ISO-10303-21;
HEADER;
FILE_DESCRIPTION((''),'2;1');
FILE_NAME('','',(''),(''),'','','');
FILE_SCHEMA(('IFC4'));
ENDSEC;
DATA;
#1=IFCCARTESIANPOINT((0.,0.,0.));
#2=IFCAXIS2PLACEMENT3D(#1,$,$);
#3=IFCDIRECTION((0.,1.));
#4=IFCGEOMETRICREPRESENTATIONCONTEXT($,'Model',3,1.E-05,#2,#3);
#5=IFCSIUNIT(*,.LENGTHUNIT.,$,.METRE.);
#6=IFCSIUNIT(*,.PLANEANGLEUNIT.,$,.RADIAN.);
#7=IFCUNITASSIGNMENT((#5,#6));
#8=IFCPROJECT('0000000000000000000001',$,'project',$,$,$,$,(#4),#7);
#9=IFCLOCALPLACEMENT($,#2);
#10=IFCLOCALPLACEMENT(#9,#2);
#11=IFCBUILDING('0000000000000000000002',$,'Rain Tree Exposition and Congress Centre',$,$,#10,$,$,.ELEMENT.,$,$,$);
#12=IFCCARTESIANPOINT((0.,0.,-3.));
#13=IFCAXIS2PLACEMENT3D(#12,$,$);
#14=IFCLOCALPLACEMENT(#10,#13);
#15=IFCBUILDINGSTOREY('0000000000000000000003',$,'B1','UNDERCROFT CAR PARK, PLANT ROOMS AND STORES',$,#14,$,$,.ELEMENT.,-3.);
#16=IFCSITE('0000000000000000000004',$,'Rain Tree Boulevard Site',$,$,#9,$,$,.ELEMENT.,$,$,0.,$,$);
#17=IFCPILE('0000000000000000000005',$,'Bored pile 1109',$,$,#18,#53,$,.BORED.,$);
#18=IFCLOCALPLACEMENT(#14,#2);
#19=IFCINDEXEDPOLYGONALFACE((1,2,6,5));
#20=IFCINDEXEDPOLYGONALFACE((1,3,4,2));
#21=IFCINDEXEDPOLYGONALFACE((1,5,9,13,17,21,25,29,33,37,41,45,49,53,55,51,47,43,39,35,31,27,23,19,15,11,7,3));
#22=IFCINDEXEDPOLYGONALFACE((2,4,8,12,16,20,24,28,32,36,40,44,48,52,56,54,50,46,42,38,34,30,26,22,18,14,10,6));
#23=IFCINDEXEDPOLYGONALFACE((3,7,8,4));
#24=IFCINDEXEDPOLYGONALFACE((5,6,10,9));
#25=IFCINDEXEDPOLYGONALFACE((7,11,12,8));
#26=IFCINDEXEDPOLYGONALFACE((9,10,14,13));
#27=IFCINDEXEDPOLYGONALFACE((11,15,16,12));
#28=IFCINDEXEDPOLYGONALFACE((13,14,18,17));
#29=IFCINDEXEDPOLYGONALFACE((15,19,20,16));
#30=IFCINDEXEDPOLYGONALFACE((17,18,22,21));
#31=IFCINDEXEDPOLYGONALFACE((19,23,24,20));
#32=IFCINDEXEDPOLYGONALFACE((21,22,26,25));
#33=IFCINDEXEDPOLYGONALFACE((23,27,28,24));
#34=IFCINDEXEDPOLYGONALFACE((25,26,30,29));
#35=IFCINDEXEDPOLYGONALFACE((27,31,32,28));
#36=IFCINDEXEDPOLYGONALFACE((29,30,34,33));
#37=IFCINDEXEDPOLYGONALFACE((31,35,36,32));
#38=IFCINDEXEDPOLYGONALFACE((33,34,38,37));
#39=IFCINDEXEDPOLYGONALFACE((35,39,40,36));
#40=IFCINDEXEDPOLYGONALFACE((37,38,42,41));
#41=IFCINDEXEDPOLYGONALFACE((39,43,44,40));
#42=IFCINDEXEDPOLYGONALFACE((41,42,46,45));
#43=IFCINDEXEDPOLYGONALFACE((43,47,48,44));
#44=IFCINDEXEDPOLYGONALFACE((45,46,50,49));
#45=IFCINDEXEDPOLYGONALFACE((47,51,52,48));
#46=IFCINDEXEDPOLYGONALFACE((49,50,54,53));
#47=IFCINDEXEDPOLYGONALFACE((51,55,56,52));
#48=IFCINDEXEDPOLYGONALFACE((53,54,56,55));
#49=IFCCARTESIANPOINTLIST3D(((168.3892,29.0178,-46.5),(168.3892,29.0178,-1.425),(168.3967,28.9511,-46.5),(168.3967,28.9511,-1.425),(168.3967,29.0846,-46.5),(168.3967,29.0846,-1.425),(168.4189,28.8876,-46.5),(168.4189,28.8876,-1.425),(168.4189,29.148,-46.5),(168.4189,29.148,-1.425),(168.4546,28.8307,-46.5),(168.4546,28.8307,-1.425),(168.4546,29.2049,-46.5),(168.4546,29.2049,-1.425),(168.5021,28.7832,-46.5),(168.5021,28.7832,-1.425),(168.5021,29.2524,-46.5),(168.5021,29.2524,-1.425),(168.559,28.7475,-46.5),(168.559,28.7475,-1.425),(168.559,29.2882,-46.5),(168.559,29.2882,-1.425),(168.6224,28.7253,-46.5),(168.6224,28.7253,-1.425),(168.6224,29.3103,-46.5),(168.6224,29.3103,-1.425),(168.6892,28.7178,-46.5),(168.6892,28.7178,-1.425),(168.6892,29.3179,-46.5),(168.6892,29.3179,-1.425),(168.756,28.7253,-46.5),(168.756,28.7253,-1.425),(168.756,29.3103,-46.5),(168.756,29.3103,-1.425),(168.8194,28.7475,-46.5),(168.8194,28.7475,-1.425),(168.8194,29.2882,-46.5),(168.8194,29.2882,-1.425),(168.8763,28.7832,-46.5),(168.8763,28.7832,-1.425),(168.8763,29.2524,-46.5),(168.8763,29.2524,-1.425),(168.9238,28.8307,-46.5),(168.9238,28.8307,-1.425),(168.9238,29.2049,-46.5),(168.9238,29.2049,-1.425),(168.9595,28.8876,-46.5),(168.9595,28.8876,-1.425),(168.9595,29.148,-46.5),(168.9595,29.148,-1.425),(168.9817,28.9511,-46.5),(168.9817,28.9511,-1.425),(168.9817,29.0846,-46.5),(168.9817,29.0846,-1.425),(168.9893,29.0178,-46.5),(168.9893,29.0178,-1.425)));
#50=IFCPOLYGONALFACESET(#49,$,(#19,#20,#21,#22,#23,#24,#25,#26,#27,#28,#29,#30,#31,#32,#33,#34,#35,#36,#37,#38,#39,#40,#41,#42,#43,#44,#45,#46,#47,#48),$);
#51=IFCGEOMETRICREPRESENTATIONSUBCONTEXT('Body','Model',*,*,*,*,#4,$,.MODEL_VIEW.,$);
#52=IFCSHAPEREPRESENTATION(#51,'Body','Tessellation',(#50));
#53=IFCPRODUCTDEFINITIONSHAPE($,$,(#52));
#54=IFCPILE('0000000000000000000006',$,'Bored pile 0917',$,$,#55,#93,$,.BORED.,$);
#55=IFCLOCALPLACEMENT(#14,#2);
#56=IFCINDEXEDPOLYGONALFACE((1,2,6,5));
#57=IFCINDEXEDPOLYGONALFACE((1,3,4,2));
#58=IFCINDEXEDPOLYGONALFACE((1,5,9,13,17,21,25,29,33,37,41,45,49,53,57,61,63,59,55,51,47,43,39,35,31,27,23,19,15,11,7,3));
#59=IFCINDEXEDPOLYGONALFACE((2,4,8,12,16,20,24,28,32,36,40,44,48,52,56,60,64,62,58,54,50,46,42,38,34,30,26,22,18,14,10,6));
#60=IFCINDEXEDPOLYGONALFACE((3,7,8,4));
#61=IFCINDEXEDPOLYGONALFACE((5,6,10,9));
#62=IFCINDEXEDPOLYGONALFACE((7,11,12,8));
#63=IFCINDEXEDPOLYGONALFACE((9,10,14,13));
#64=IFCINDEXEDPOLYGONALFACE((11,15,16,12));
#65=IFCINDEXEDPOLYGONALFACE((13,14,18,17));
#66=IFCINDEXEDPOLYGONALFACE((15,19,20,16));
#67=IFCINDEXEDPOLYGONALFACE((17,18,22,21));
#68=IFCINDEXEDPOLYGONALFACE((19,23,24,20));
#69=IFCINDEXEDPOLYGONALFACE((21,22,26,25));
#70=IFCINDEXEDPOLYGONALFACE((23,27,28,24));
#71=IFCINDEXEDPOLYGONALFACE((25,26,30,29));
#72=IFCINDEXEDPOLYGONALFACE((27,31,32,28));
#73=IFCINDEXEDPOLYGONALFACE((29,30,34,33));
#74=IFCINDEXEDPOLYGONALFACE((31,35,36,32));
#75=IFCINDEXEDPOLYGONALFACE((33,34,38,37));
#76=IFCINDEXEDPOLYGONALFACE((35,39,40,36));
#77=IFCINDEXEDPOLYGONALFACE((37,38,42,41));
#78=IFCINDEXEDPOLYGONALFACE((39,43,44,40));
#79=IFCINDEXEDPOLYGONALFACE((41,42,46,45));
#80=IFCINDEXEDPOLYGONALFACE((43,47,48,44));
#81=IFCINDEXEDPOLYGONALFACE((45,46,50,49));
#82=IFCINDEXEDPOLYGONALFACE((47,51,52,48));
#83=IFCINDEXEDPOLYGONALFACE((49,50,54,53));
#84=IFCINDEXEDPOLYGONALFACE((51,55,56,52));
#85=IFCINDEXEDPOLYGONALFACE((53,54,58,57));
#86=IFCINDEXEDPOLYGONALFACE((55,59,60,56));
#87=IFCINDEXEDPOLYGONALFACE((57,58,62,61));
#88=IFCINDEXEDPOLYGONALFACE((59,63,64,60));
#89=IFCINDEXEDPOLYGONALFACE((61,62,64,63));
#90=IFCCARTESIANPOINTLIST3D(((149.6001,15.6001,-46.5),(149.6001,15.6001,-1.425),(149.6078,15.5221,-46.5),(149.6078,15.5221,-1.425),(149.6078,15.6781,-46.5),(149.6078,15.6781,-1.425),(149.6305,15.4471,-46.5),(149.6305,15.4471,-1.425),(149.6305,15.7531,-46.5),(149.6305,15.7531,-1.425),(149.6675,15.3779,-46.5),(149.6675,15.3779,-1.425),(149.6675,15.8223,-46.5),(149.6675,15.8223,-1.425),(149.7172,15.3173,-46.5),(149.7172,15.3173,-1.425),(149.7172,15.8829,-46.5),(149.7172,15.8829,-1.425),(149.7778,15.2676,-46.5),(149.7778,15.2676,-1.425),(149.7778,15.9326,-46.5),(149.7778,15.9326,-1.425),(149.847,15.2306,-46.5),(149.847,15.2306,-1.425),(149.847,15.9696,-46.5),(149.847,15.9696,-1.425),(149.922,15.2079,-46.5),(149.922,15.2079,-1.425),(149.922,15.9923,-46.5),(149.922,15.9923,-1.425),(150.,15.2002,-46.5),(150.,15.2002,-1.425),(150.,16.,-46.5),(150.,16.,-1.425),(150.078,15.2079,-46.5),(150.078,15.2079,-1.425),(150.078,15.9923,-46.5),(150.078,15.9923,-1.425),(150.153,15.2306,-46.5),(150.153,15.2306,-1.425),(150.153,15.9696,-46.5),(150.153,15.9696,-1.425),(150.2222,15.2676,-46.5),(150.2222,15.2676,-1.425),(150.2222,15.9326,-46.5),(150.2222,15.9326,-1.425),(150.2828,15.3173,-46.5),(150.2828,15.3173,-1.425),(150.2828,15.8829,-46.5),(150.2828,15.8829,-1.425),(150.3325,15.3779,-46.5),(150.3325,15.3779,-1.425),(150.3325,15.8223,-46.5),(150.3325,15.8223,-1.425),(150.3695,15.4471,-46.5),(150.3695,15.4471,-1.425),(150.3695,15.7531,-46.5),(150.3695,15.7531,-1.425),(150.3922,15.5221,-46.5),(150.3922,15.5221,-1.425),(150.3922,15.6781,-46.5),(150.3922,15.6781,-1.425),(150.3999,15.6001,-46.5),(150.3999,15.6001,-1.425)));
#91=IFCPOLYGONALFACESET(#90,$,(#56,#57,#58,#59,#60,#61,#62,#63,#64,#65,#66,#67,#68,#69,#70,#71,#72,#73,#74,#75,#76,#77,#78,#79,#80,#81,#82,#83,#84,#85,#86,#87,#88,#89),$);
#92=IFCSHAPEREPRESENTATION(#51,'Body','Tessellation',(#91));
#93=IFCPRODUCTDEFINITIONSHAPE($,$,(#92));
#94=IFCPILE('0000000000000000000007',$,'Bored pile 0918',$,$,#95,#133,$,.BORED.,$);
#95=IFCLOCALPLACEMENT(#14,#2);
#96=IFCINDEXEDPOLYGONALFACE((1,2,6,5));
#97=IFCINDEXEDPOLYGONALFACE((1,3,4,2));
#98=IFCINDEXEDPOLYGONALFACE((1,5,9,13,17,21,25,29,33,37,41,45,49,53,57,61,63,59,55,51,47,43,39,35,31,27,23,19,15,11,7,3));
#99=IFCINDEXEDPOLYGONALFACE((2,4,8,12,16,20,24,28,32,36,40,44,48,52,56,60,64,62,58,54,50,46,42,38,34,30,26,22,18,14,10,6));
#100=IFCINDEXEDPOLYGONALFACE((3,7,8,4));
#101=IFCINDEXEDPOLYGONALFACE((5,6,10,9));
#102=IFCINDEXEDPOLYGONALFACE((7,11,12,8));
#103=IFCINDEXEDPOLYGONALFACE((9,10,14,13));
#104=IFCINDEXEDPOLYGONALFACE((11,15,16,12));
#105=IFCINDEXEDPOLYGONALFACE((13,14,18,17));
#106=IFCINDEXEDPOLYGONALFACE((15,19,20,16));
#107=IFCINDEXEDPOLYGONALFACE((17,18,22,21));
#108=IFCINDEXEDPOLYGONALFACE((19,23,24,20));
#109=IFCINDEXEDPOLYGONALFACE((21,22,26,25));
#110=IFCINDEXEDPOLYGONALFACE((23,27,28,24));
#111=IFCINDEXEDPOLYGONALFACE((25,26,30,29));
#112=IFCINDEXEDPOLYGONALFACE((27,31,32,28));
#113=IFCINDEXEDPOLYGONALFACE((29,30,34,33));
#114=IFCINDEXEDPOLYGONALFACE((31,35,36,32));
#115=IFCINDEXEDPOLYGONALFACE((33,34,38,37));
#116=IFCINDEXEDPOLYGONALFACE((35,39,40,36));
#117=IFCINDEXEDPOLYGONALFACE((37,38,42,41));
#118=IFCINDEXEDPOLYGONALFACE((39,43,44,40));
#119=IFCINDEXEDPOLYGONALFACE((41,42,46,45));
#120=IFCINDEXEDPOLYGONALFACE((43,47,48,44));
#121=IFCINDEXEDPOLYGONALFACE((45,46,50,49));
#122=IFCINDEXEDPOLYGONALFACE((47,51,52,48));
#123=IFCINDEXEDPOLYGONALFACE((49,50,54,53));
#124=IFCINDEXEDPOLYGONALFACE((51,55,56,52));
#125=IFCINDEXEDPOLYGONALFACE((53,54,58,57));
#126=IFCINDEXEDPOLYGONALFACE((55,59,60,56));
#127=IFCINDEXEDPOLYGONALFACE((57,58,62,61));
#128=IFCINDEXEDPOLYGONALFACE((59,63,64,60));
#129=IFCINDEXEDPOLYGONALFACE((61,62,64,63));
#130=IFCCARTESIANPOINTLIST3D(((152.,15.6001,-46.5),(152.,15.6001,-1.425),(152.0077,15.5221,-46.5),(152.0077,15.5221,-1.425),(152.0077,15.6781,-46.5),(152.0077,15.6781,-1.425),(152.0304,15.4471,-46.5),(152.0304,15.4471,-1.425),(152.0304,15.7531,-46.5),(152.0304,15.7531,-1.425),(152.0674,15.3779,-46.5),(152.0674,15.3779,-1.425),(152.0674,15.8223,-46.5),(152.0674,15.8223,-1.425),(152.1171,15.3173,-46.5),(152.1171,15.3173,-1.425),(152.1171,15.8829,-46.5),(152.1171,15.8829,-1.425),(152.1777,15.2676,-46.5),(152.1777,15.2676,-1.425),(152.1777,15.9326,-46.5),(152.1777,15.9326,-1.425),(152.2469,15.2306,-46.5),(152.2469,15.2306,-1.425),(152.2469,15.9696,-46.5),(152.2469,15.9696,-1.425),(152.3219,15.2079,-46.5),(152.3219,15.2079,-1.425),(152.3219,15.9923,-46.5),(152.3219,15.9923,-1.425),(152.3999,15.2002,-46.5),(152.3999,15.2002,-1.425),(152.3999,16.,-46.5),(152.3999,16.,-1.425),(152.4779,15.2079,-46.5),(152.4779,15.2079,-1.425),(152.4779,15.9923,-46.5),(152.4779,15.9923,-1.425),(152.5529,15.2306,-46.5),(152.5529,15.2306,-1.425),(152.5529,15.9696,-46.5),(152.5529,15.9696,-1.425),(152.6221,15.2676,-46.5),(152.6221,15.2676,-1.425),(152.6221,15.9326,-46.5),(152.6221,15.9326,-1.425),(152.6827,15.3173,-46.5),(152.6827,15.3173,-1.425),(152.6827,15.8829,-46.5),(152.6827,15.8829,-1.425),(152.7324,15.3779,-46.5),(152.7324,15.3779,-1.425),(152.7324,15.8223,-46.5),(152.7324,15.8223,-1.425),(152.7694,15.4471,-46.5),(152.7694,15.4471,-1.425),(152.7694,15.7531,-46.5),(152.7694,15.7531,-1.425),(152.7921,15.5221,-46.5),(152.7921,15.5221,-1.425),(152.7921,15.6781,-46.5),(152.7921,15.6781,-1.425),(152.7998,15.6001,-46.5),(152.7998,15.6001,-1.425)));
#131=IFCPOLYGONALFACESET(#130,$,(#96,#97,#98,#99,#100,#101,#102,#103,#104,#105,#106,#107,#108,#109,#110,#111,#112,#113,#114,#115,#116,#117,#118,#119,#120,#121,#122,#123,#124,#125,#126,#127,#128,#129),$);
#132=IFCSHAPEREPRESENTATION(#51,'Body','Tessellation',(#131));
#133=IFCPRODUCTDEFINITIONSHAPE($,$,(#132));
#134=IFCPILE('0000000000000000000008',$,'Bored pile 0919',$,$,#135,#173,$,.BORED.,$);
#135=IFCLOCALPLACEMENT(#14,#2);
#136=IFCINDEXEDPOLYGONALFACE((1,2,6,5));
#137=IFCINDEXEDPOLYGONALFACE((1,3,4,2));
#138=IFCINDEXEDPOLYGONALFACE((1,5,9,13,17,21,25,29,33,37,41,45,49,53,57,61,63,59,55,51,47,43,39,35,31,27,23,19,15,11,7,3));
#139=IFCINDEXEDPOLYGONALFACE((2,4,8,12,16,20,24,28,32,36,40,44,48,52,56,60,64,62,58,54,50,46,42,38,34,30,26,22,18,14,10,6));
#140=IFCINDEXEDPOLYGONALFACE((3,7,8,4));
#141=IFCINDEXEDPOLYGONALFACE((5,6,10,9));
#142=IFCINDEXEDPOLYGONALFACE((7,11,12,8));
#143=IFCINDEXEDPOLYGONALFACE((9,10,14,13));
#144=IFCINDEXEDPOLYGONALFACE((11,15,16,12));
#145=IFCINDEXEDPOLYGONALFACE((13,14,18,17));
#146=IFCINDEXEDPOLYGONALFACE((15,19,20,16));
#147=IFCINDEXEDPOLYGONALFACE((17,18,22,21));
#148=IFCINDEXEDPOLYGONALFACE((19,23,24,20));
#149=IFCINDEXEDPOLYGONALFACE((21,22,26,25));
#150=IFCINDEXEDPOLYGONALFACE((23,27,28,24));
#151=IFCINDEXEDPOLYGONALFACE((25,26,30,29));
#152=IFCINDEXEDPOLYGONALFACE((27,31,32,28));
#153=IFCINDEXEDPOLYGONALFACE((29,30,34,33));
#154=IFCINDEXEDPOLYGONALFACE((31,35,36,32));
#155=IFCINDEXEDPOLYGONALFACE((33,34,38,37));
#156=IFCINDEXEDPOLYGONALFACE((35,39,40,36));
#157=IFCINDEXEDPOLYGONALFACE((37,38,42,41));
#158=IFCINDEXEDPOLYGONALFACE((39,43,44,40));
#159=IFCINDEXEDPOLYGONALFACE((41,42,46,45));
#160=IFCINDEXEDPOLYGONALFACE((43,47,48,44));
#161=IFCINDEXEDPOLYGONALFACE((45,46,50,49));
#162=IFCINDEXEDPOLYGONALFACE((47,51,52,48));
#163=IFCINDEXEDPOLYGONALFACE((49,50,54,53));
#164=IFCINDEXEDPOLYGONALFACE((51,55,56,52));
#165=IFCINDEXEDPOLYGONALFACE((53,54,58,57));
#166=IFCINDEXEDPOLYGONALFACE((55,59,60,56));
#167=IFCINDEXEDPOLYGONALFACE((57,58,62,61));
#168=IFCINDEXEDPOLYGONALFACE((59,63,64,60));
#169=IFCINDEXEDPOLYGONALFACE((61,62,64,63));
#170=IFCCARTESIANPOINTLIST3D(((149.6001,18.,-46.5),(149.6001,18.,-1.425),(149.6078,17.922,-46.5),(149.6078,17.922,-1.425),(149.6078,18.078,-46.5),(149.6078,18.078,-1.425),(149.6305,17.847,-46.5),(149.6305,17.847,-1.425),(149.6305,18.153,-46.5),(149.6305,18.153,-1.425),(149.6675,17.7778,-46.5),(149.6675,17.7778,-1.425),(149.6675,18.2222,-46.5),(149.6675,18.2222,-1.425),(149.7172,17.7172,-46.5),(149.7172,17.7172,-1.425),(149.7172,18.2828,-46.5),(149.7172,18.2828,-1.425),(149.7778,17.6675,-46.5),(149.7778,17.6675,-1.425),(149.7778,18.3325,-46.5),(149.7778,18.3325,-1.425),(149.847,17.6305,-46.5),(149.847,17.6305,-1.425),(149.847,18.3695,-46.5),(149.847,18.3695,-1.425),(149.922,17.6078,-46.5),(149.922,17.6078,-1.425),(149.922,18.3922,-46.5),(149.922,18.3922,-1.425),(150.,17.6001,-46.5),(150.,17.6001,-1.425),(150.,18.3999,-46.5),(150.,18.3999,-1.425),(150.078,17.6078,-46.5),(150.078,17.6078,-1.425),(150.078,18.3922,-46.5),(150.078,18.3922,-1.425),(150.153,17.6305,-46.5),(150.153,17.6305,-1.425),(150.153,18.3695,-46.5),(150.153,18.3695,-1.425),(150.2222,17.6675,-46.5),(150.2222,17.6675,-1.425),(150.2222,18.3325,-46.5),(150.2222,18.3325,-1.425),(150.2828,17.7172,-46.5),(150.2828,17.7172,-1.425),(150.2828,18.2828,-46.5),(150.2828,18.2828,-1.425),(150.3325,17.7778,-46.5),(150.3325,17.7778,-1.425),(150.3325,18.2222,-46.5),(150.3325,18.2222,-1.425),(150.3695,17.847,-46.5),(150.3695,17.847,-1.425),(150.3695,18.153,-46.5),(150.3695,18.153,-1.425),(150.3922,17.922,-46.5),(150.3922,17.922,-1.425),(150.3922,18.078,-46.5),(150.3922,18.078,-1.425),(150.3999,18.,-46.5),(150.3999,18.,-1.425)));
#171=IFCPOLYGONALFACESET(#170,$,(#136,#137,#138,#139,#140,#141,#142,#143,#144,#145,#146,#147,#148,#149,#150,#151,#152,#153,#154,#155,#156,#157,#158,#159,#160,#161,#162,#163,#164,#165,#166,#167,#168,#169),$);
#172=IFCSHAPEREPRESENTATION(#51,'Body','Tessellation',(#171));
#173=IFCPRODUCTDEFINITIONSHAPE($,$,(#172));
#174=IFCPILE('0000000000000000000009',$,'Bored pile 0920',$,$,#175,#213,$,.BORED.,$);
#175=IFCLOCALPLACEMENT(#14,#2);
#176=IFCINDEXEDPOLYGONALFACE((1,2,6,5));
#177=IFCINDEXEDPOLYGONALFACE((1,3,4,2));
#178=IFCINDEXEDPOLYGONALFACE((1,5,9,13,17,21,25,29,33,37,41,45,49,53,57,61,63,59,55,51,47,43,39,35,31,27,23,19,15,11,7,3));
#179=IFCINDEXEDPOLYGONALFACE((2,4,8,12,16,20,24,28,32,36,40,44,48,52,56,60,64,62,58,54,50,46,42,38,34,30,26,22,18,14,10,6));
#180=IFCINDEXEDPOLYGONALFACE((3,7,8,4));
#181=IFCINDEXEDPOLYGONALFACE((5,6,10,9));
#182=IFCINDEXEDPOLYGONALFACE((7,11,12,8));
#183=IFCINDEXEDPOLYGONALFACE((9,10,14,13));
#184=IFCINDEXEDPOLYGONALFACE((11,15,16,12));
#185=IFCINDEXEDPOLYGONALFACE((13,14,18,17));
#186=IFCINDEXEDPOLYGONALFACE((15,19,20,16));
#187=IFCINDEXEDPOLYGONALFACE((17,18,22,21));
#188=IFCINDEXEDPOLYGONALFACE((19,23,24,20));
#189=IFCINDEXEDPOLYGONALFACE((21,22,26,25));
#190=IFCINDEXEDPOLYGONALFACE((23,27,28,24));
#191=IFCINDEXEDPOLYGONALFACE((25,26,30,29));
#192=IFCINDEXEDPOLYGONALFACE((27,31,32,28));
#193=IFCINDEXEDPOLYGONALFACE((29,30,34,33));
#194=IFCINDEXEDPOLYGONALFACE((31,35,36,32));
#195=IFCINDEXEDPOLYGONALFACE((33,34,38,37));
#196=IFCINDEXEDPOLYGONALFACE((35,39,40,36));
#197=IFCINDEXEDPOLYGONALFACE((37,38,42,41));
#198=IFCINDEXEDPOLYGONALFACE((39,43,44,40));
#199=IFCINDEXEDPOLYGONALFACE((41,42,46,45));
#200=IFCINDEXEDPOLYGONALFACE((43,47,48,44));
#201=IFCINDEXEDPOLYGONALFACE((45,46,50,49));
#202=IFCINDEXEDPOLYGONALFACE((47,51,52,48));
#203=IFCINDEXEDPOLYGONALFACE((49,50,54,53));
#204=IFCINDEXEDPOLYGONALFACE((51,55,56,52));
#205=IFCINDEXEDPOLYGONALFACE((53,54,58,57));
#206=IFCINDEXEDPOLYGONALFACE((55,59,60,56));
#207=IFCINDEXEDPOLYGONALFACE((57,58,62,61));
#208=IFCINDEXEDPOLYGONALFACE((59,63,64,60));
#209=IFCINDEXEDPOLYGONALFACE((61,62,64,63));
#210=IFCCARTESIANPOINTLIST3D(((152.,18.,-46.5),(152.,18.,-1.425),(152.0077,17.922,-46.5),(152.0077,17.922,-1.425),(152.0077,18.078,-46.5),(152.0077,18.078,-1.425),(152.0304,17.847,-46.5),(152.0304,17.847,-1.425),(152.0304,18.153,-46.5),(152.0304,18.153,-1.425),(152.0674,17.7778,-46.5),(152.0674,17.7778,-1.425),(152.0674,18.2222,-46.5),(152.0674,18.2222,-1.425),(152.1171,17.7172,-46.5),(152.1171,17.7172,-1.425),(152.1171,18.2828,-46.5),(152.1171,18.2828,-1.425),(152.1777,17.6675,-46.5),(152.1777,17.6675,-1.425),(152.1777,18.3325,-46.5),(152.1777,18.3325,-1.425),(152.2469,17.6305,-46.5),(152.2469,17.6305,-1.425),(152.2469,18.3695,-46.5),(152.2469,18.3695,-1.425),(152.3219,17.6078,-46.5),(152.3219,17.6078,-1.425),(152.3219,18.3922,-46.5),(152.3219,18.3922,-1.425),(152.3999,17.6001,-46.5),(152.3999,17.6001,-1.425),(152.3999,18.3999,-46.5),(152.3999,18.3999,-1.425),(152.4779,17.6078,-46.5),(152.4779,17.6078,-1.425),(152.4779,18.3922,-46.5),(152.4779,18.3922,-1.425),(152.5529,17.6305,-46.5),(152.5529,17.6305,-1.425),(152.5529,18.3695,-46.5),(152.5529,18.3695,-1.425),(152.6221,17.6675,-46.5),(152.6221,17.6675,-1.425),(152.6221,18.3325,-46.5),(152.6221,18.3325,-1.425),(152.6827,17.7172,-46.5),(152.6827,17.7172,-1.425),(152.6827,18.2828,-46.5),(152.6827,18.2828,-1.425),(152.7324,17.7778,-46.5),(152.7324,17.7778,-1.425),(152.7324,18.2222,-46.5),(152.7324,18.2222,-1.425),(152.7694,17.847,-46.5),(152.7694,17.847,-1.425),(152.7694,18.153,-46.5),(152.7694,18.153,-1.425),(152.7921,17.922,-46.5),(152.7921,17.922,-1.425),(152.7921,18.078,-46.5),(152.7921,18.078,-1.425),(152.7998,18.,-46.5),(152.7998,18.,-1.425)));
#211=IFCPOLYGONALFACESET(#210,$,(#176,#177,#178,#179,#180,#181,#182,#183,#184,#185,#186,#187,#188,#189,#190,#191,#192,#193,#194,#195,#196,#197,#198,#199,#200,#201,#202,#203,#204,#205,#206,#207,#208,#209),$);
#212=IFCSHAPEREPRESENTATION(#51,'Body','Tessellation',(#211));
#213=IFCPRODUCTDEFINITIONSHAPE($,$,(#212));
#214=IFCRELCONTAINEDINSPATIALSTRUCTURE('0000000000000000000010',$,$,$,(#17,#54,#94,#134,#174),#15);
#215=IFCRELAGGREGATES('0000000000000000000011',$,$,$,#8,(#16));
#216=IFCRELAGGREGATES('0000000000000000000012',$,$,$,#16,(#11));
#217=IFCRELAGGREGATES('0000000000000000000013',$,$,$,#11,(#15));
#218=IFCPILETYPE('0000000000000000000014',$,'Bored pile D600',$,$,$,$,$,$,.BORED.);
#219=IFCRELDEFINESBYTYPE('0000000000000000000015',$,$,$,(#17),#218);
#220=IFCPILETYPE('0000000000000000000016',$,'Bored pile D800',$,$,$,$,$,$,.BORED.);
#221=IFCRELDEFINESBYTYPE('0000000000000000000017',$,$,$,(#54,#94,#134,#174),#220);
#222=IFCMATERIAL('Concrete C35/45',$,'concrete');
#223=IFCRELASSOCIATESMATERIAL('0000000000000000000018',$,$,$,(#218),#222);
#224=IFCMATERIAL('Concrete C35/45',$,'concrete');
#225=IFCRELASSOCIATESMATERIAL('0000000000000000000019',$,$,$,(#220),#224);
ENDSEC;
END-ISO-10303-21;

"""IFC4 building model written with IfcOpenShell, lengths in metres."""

from ifc_helpers import new_model, si_unit, direction, frame, origin, origin_2d, place, context, subcontext, project, spatial, circle, extrude, material, material_profile, profile_set, type_object, element, save


model = new_model("IFC4")

# Units and contexts
model_context = context("Model", 3, precision=1e-05, world=origin(), true_north=direction((0.0, 1.0)))
body_context = subcontext(model_context, "Body", "Model", "MODEL_VIEW")
ifc_project = project(units=[si_unit("LENGTHUNIT", "METRE"), si_unit("PLANEANGLEUNIT", "RADIAN")], contexts=[model_context])

# Site, building, storey
site_placement = place(None, origin())
site = spatial("IfcSite", under=ifc_project, at=site_placement, Name="Rain Tree Boulevard Site", CompositionType="ELEMENT", RefElevation=0.0)
building_placement = place(site_placement, origin())
building = spatial("IfcBuilding", under=site, at=building_placement, Name="Rain Tree Exposition and Congress Centre", CompositionType="ELEMENT")
storey_placement = place(building_placement, frame((0.0, 0.0, -3.0)))
storey = spatial("IfcBuildingStorey", under=building, at=storey_placement, Name="B1", Description="UNDERCROFT CAR PARK, PLANT ROOMS AND STORES", CompositionType="ELEMENT", Elevation=-3.0)

# Piles
ifc_material_1 = material(Name="Concrete C35/45", Category="concrete")
ifc_material_profile_1 = material_profile(ifc_material_1, circle(Radius=0.3, at=origin_2d()), Name="D600")
ifc_profile_set_1 = profile_set([ifc_material_profile_1], Name="Concrete C35/45")
pile_type_1 = type_object("IfcPileType", Name="Bored pile D600", PredefinedType="BORED", material=ifc_profile_set_1)
pile_placement = place(storey_placement, frame((168.6892, 29.0178, -1.425), z_axis=(0.0, 0.0, -1.0), x_axis=(1.0, 0.0, 0.0)))
element("IfcPile", 1, at=pile_placement, inside=storey, type_object=pile_type_1, Name="Bored pile 1109", PredefinedType="BORED", context=body_context, shape_type="SweptSolid", body=[
    extrude(circle(Radius=0.3, at=origin_2d()), origin(), (0.0, 0.0, 1.0), 45.075),
])
ifc_material_2 = material(Name="Concrete C35/45", Category="concrete")
ifc_material_profile_2 = material_profile(ifc_material_2, circle(Radius=0.3999, at=origin_2d()), Name="D800")
ifc_profile_set_2 = profile_set([ifc_material_profile_2], Name="Concrete C35/45")
pile_type_2 = type_object("IfcPileType", Name="Bored pile D800", PredefinedType="BORED", material=ifc_profile_set_2)
for number, where, z_axis, x_axis, name in (
    (2, (150.0, 15.6001, -1.425), (0.0, 0.0, -1.0), (1.0, 0.0, 0.0), "Bored pile 0917"),
    (3, (152.3999, 15.6001, -1.425), (0.0, 0.0, -1.0), (1.0, 0.0, 0.0), "Bored pile 0918"),
    (4, (150.0, 18.0, -1.425), (0.0, 0.0, -1.0), (1.0, 0.0, 0.0), "Bored pile 0919"),
    (5, (152.3999, 18.0, -1.425), (0.0, 0.0, -1.0), (1.0, 0.0, 0.0), "Bored pile 0920"),
):
    element("IfcPile", number, at=place(storey_placement, frame(where, z_axis=z_axis, x_axis=x_axis)), inside=storey, type_object=pile_type_2, Name=name, PredefinedType="BORED", context=body_context, shape_type="SweptSolid", body=[
        extrude(circle(Radius=0.3999, at=origin_2d()), origin(), (0.0, 0.0, 1.0), 45.075),
    ])

save(model, "model.ifc")
